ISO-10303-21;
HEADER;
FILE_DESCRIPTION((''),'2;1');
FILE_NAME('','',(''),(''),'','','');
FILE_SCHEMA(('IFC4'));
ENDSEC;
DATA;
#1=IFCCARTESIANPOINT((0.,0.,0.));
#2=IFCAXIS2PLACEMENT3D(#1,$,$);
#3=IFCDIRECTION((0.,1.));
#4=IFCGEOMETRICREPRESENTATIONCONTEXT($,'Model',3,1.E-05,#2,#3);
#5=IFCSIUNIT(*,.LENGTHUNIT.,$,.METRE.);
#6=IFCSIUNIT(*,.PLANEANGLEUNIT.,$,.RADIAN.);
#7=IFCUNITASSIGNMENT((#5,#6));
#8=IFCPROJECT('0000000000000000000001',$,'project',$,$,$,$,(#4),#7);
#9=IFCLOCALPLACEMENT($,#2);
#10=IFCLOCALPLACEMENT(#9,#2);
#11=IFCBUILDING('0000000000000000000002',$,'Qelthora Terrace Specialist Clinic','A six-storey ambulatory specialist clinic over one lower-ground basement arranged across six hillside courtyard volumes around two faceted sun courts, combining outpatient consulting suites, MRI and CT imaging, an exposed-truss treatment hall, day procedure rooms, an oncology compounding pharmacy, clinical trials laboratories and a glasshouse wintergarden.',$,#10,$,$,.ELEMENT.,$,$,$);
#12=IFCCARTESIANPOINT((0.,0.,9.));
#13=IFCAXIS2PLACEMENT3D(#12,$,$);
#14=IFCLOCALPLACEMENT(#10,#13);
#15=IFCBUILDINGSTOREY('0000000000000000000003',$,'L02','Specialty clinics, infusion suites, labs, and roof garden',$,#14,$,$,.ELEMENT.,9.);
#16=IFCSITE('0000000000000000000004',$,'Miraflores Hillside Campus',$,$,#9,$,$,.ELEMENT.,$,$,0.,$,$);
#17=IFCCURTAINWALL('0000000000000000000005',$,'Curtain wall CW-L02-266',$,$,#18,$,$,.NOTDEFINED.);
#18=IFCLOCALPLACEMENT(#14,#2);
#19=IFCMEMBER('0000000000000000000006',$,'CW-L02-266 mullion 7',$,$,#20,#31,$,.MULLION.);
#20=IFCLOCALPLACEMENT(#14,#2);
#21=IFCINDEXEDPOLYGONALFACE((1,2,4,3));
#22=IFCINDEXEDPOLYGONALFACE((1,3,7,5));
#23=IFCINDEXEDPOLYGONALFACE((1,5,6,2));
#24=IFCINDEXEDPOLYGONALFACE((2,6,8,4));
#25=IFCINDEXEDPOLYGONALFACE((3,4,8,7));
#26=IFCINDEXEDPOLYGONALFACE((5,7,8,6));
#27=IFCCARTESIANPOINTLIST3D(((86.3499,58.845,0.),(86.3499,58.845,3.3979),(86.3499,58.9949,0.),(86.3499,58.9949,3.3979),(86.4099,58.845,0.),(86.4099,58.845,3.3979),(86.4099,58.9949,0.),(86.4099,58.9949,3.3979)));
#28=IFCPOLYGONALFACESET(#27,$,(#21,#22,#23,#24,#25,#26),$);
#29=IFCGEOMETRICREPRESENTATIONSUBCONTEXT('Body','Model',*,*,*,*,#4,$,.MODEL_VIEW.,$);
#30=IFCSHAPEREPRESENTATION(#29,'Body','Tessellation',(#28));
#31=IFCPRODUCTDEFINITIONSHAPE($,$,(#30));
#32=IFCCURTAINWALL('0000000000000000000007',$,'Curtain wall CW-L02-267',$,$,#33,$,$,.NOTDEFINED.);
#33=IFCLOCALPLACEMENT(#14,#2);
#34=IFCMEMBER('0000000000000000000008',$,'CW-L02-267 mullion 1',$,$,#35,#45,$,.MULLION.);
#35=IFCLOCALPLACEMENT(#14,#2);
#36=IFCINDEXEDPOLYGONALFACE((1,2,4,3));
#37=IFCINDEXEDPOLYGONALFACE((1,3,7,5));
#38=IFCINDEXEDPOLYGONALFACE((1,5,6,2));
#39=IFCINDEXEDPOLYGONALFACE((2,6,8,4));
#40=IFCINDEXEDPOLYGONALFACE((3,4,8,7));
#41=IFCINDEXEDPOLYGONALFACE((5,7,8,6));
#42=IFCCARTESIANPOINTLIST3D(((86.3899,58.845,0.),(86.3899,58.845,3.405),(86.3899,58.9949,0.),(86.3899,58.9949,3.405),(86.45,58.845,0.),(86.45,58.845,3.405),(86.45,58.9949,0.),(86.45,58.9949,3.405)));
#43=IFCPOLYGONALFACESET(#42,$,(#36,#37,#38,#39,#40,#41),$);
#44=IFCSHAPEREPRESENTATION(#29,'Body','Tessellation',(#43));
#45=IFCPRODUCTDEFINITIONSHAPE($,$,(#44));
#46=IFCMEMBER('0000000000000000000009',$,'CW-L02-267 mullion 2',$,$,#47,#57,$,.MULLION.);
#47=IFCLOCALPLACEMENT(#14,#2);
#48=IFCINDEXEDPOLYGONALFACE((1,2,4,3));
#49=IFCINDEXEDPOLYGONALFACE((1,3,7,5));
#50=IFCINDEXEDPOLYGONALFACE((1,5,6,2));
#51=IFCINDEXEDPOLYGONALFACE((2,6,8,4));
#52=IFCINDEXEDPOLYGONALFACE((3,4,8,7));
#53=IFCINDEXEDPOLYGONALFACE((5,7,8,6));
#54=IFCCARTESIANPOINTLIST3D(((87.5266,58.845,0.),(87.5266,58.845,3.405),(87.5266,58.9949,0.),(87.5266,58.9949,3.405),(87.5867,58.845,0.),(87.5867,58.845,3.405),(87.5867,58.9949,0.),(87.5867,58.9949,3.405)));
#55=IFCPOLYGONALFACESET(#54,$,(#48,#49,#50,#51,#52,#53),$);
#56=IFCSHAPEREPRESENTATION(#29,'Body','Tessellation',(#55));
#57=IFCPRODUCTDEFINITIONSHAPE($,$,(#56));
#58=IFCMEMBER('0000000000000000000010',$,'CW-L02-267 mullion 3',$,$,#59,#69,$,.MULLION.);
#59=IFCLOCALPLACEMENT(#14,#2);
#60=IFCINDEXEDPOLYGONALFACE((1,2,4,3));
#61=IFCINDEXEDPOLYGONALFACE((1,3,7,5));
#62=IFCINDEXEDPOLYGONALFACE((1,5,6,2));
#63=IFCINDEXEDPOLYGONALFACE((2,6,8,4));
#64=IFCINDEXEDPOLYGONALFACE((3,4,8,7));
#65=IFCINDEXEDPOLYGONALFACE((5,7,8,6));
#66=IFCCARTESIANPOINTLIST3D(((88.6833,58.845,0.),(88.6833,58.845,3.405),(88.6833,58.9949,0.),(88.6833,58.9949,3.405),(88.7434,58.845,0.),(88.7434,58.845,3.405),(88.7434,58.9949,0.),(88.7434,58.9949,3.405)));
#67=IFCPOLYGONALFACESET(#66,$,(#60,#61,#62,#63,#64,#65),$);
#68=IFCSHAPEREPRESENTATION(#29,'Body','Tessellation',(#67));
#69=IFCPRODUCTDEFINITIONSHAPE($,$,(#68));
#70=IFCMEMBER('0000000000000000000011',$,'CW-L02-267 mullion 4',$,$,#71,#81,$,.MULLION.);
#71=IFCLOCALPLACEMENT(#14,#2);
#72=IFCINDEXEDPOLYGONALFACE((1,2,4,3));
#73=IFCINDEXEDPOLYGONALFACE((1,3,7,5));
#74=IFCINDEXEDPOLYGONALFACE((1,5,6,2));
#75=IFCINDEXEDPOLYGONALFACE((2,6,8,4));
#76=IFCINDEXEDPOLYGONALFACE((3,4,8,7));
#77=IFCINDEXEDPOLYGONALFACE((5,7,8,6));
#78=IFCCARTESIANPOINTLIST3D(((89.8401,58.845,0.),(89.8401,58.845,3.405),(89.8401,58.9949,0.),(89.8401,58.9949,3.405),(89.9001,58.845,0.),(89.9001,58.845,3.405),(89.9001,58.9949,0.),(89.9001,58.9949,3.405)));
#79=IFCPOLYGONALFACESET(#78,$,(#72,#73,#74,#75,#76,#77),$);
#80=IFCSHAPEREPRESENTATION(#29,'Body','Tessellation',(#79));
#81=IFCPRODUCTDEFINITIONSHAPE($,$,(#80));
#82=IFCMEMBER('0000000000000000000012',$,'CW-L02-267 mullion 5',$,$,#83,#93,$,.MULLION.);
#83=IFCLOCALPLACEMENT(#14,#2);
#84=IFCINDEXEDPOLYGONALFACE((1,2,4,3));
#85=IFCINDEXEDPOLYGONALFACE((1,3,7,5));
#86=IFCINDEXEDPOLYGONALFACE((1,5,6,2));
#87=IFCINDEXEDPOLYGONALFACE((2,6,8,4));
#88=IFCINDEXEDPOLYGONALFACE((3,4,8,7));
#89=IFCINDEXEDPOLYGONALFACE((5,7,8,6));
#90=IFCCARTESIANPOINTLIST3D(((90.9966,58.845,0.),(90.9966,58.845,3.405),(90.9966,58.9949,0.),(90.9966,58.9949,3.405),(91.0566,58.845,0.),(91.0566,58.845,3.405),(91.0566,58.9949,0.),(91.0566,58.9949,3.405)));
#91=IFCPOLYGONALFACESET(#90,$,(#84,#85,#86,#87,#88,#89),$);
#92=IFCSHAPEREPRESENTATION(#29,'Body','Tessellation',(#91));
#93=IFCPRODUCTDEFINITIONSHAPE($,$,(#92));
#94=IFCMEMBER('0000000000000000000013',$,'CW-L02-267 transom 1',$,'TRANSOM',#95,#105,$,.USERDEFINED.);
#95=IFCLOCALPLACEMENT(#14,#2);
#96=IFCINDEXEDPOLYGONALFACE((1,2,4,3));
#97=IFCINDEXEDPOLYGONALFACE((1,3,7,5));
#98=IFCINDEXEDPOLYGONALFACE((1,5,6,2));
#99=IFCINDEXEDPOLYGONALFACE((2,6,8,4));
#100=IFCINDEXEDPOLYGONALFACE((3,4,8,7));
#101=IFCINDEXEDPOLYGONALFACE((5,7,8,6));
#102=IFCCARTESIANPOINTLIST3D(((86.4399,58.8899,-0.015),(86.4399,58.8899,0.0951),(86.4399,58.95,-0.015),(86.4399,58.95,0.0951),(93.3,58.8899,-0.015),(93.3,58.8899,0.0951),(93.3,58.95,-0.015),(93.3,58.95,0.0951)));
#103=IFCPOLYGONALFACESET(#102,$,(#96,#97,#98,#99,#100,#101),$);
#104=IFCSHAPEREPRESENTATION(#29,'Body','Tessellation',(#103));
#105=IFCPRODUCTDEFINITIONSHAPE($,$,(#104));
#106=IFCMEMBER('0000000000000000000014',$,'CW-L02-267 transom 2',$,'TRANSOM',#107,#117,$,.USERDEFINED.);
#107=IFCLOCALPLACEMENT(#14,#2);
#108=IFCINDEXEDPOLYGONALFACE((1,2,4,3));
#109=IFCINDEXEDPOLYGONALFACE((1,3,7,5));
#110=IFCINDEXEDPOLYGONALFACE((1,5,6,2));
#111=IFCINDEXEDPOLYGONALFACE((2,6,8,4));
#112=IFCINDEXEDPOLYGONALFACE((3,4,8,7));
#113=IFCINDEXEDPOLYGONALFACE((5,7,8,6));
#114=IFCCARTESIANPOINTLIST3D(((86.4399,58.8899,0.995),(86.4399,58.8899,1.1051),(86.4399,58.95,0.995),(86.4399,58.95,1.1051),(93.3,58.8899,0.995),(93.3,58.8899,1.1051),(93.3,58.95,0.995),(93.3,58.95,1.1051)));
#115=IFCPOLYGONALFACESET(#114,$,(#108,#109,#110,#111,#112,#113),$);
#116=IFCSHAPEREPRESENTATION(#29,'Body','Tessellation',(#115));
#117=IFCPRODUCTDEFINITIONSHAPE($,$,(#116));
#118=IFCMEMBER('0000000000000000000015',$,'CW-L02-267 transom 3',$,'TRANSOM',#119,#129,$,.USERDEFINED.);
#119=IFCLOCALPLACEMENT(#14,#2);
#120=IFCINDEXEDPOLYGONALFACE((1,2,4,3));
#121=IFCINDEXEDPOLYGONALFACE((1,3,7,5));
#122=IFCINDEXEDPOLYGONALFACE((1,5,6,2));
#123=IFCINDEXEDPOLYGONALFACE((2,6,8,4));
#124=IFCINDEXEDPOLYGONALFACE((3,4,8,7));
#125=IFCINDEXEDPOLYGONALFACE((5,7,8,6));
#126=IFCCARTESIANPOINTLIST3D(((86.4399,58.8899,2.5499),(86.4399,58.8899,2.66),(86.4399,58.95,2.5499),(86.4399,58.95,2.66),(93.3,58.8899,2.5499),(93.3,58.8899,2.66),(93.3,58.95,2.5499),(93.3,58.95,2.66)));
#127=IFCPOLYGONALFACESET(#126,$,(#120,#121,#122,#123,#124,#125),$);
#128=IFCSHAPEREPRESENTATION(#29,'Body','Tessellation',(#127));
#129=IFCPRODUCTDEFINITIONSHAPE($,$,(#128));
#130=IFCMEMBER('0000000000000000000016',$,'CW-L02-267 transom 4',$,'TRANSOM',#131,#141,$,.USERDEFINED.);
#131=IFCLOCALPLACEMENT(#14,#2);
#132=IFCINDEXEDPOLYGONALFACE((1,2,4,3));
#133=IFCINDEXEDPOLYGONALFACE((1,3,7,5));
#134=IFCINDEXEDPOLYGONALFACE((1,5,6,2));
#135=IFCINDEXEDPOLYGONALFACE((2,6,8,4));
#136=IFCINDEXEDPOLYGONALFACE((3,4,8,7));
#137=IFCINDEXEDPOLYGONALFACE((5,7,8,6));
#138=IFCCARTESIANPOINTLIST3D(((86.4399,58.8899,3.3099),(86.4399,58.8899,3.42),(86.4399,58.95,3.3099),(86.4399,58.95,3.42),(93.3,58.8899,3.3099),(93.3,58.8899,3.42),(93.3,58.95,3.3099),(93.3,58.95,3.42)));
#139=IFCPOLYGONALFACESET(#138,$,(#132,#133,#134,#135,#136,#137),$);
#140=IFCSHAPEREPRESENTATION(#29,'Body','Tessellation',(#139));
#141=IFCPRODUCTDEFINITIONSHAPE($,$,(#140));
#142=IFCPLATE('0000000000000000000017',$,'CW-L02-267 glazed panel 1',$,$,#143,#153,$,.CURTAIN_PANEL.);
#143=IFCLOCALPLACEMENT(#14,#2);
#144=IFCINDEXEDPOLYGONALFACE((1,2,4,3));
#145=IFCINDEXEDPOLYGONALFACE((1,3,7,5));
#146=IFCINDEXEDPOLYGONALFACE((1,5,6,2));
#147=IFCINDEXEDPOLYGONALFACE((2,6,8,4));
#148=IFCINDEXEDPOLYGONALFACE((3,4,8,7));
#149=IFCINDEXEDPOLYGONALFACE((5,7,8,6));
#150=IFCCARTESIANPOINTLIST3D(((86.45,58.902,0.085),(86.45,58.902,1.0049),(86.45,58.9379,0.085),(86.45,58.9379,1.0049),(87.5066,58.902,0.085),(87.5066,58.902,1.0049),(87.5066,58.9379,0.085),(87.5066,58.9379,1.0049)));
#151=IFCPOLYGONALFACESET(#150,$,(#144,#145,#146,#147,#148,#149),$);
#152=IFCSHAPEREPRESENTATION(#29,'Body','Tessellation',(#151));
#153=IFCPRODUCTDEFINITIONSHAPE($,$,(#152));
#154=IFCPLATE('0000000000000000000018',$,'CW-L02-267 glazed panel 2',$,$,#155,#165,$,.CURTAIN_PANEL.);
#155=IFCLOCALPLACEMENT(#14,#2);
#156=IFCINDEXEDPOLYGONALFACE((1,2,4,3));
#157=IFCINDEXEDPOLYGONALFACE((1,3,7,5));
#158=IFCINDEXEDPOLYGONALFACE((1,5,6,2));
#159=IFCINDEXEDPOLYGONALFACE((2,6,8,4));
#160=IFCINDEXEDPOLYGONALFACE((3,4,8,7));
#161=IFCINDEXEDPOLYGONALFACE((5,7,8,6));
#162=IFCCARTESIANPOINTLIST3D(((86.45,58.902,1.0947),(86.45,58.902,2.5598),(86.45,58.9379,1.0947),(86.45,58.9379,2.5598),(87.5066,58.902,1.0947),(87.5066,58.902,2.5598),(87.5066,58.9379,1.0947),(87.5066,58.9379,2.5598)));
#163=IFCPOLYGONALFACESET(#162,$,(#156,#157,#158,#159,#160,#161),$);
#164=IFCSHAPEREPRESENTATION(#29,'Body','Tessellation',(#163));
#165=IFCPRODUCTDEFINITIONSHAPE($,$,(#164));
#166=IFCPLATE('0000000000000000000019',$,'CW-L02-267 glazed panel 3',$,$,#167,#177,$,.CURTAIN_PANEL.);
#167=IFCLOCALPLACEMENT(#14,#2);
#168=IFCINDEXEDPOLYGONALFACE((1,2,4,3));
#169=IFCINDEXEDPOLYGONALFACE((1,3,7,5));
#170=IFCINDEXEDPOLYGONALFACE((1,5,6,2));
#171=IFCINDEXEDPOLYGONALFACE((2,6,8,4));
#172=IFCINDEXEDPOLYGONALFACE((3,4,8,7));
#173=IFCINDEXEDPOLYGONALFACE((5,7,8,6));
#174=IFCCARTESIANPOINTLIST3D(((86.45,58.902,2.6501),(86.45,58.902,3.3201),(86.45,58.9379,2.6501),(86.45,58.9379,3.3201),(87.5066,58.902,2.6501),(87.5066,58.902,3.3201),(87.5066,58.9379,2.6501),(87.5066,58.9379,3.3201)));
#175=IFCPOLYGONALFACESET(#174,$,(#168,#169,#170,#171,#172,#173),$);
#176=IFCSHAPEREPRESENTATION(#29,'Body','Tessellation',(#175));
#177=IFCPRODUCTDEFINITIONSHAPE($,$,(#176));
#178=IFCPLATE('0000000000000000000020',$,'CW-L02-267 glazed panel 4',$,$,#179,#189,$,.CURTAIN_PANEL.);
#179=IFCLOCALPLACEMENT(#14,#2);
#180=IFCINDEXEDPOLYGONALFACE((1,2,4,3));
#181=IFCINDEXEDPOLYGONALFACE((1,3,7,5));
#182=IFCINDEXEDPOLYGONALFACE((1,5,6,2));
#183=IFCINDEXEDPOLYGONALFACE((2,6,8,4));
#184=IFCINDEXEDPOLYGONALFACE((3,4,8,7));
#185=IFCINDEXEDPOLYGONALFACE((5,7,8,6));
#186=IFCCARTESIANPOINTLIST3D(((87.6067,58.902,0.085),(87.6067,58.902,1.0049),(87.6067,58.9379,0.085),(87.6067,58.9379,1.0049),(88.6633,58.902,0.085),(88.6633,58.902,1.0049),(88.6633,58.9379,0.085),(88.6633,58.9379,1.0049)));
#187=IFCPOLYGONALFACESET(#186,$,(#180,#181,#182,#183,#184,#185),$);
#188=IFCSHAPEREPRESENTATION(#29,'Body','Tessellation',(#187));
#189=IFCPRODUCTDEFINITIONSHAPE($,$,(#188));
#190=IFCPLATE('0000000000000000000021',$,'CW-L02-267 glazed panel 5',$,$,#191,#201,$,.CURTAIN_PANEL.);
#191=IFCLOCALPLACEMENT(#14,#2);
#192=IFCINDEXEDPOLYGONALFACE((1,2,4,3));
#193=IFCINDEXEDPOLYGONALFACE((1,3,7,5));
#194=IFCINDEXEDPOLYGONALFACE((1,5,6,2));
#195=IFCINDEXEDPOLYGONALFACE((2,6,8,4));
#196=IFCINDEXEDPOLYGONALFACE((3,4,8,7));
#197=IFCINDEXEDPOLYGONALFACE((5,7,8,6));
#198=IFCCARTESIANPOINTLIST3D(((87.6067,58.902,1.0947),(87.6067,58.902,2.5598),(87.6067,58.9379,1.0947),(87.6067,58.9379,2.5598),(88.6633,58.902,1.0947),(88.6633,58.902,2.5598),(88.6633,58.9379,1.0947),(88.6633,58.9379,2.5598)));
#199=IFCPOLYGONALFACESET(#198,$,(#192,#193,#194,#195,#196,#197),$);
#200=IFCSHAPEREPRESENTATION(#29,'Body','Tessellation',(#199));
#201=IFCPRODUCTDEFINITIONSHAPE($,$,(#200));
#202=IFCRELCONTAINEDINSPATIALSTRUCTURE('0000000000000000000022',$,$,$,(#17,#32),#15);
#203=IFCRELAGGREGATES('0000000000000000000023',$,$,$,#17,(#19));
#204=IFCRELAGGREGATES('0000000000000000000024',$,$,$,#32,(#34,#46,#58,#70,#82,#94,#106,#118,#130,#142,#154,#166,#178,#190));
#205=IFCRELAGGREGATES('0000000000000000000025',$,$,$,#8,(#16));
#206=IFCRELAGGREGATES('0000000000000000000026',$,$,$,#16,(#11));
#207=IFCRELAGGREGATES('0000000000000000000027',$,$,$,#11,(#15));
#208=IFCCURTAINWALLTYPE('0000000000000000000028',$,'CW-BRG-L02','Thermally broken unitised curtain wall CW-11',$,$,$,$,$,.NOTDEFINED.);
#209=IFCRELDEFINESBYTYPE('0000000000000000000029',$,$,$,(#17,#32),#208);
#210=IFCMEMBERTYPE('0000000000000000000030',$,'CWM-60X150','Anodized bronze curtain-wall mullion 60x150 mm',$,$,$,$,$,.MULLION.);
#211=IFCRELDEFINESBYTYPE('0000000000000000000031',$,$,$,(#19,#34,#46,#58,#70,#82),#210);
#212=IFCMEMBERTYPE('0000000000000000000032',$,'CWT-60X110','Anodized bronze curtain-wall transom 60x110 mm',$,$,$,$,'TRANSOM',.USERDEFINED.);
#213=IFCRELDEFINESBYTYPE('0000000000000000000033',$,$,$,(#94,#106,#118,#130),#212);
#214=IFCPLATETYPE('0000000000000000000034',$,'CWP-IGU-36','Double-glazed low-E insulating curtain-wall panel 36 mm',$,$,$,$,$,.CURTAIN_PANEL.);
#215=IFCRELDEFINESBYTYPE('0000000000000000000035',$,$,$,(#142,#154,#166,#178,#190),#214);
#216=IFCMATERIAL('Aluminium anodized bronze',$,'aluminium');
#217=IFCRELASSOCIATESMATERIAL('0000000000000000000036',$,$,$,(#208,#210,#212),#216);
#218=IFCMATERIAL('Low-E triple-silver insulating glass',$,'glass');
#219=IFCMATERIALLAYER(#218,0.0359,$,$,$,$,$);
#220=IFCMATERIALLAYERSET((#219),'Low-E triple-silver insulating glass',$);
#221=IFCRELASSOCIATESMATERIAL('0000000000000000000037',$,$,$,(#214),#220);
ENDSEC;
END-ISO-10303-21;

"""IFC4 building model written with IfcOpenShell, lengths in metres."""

from ifc_helpers import new_model, si_unit, direction, frame, origin, origin_2d, place, context, subcontext, project, spatial, rectangle, extrude, material, layer, layer_set, material_profile, profile_set, type_object, element, aggregate, save


model = new_model("IFC4")

# Units and contexts
model_context = context("Model", 3, precision=1e-05, world=origin(), true_north=direction((0.0, 1.0)))
body_context = subcontext(model_context, "Body", "Model", "MODEL_VIEW")
ifc_project = project(units=[si_unit("LENGTHUNIT", "METRE"), si_unit("PLANEANGLEUNIT", "RADIAN")], contexts=[model_context])

# Site, building, storey
site_placement = place(None, origin())
site = spatial("IfcSite", under=ifc_project, at=site_placement, Name="Miraflores Hillside Campus", CompositionType="ELEMENT", RefElevation=0.0)
building_placement = place(site_placement, origin())
building = spatial("IfcBuilding", under=site, at=building_placement, Name="Qelthora Terrace Specialist Clinic", Description="A six-storey ambulatory specialist clinic over one lower-ground basement arranged across six hillside courtyard volumes around two faceted sun courts, combining outpatient consulting suites, MRI and CT imaging, an exposed-truss treatment hall, day procedure rooms, an oncology compounding pharmacy, clinical trials laboratories and a glasshouse wintergarden.", CompositionType="ELEMENT")
storey_placement = place(building_placement, frame((0.0, 0.0, 9.0)))
storey = spatial("IfcBuildingStorey", under=building, at=storey_placement, Name="L02", Description="Specialty clinics, infusion suites, labs, and roof garden", CompositionType="ELEMENT", Elevation=9.0)

# Curtain wall, member
ifc_material_1 = material(Name="Aluminium anodized bronze", Category="aluminium")
curtain_wall_type = type_object("IfcCurtainWallType", Name="CW-BRG-L02", Description="Thermally broken unitised curtain wall CW-11", PredefinedType="NOTDEFINED", material=ifc_material_1)
curtain_wall_1_placement = place(storey_placement, origin())
curtain_wall_1 = element("IfcCurtainWall", 1, at=curtain_wall_1_placement, inside=storey, type_object=curtain_wall_type, Name="Curtain wall CW-L02-266", PredefinedType="NOTDEFINED")
ifc_material_profile_1 = material_profile(ifc_material_1, rectangle(XDim=0.0601, YDim=0.1499, at=origin_2d()), Name="CWM60X150")
ifc_profile_set_1 = profile_set([ifc_material_profile_1], Name="Aluminium anodized bronze")
member_type_1 = type_object("IfcMemberType", Name="CWM-60X150", Description="Anodized bronze curtain-wall mullion 60x150 mm", PredefinedType="MULLION", material=ifc_profile_set_1)
member_1_placement = place(storey_placement, frame((86.3799, 58.9199, 0.0), z_axis=(0.0, 0.0, 1.0), x_axis=(1.0, 0.0, 0.0)))
member_1 = element("IfcMember", 2, at=member_1_placement, type_object=member_type_1, Name="CW-L02-266 mullion 7", PredefinedType="MULLION", context=body_context, shape_type="SweptSolid", body=[
    extrude(rectangle(XDim=0.0601, YDim=0.1499, at=origin_2d()), origin(), (0.0, 0.0, 1.0), 3.3979),
])
aggregate(curtain_wall_1, [member_1])

# Curtain wall, members, plates
curtain_wall_2_placement = place(storey_placement, origin())
curtain_wall_2 = element("IfcCurtainWall", 3, at=curtain_wall_2_placement, inside=storey, type_object=curtain_wall_type, Name="Curtain wall CW-L02-267", PredefinedType="NOTDEFINED")
member_2_placement = place(storey_placement, frame((86.4199, 58.9199, 0.0), z_axis=(0.0, 0.0, 1.0), x_axis=(1.0, 0.0, 0.0)))
member_2 = element("IfcMember", 4, at=member_2_placement, type_object=member_type_1, Name="CW-L02-267 mullion 1", PredefinedType="MULLION", context=body_context, shape_type="SweptSolid", body=[
    extrude(rectangle(XDim=0.0601, YDim=0.1499, at=origin_2d()), origin(), (0.0, 0.0, 1.0), 3.405),
])
member_3_placement = place(storey_placement, frame((87.5566, 58.9199, 0.0), z_axis=(0.0, 0.0, 1.0), x_axis=(1.0, 0.0, 0.0)))
member_3 = element("IfcMember", 5, at=member_3_placement, type_object=member_type_1, Name="CW-L02-267 mullion 2", PredefinedType="MULLION", context=body_context, shape_type="SweptSolid", body=[
    extrude(rectangle(XDim=0.0601, YDim=0.1499, at=origin_2d()), origin(), (0.0, 0.0, 1.0), 3.405),
])
member_4_placement = place(storey_placement, frame((88.7134, 58.9199, 0.0), z_axis=(0.0, 0.0, 1.0), x_axis=(1.0, 0.0, 0.0)))
member_4 = element("IfcMember", 6, at=member_4_placement, type_object=member_type_1, Name="CW-L02-267 mullion 3", PredefinedType="MULLION", context=body_context, shape_type="SweptSolid", body=[
    extrude(rectangle(XDim=0.0601, YDim=0.1499, at=origin_2d()), origin(), (0.0, 0.0, 1.0), 3.405),
])
member_5_placement = place(storey_placement, frame((89.8701, 58.9199, 0.0), z_axis=(0.0, 0.0, 1.0), x_axis=(1.0, 0.0, 0.0)))
member_5 = element("IfcMember", 7, at=member_5_placement, type_object=member_type_1, Name="CW-L02-267 mullion 4", PredefinedType="MULLION", context=body_context, shape_type="SweptSolid", body=[
    extrude(rectangle(XDim=0.0601, YDim=0.1499, at=origin_2d()), origin(), (0.0, 0.0, 1.0), 3.405),
])
member_6_placement = place(storey_placement, frame((91.0266, 58.9199, 0.0), z_axis=(0.0, 0.0, 1.0), x_axis=(1.0, 0.0, 0.0)))
member_6 = element("IfcMember", 8, at=member_6_placement, type_object=member_type_1, Name="CW-L02-267 mullion 5", PredefinedType="MULLION", context=body_context, shape_type="SweptSolid", body=[
    extrude(rectangle(XDim=0.0601, YDim=0.1499, at=origin_2d()), origin(), (0.0, 0.0, 1.0), 3.405),
])
ifc_material_profile_2 = material_profile(ifc_material_1, rectangle(XDim=0.0601, YDim=0.1101, at=origin_2d()), Name="CWT60X110")
ifc_profile_set_2 = profile_set([ifc_material_profile_2], Name="Aluminium anodized bronze")
member_type_2 = type_object("IfcMemberType", Name="CWT-60X110", Description="Anodized bronze curtain-wall transom 60x110 mm", ElementType="TRANSOM", PredefinedType="USERDEFINED", material=ifc_profile_set_2)
member_7_placement = place(storey_placement, frame((86.4399, 58.9199, 0.04), z_axis=(1.0, 0.0, 0.0), x_axis=(0.0, 1.0, 0.0)))
member_7 = element("IfcMember", 9, at=member_7_placement, type_object=member_type_2, Name="CW-L02-267 transom 1", ObjectType="TRANSOM", PredefinedType="USERDEFINED", context=body_context, shape_type="SweptSolid", body=[
    extrude(rectangle(XDim=0.0601, YDim=0.1101, at=origin_2d()), origin(), (0.0, 0.0, 1.0), 6.8601),
])
member_8_placement = place(storey_placement, frame((86.4399, 58.9199, 1.05), z_axis=(1.0, 0.0, 0.0), x_axis=(0.0, 1.0, 0.0)))
member_8 = element("IfcMember", 10, at=member_8_placement, type_object=member_type_2, Name="CW-L02-267 transom 2", ObjectType="TRANSOM", PredefinedType="USERDEFINED", context=body_context, shape_type="SweptSolid", body=[
    extrude(rectangle(XDim=0.0601, YDim=0.1101, at=origin_2d()), origin(), (0.0, 0.0, 1.0), 6.8601),
])
member_9_placement = place(storey_placement, frame((86.4399, 58.9199, 2.605), z_axis=(1.0, 0.0, 0.0), x_axis=(0.0, 1.0, 0.0)))
member_9 = element("IfcMember", 11, at=member_9_placement, type_object=member_type_2, Name="CW-L02-267 transom 3", ObjectType="TRANSOM", PredefinedType="USERDEFINED", context=body_context, shape_type="SweptSolid", body=[
    extrude(rectangle(XDim=0.0601, YDim=0.1101, at=origin_2d()), origin(), (0.0, 0.0, 1.0), 6.8601),
])
member_10_placement = place(storey_placement, frame((86.4399, 58.9199, 3.365), z_axis=(1.0, 0.0, 0.0), x_axis=(0.0, 1.0, 0.0)))
member_10 = element("IfcMember", 12, at=member_10_placement, type_object=member_type_2, Name="CW-L02-267 transom 4", ObjectType="TRANSOM", PredefinedType="USERDEFINED", context=body_context, shape_type="SweptSolid", body=[
    extrude(rectangle(XDim=0.0601, YDim=0.1101, at=origin_2d()), origin(), (0.0, 0.0, 1.0), 6.8601),
])
ifc_material_2 = material(Name="Low-E triple-silver insulating glass", Category="glass")
ifc_layer = layer(ifc_material_2, 0.0359)
ifc_layer_set = layer_set([ifc_layer], Name="Low-E triple-silver insulating glass")
plate_type = type_object("IfcPlateType", Name="CWP-IGU-36", Description="Double-glazed low-E insulating curtain-wall panel 36 mm", PredefinedType="CURTAIN_PANEL", material=ifc_layer_set)
plate_1_placement = place(storey_placement, frame((86.9783, 58.9199, 0.085), z_axis=(0.0, 0.0, 1.0), x_axis=(1.0, 0.0, 0.0)))
plate_1 = element("IfcPlate", 13, at=plate_1_placement, type_object=plate_type, Name="CW-L02-267 glazed panel 1", PredefinedType="CURTAIN_PANEL", context=body_context, shape_type="SweptSolid", body=[
    extrude(rectangle(XDim=1.0566, YDim=0.0359, at=origin_2d()), origin(), (0.0, 0.0, 1.0), 0.9199),
])
plate_2_placement = place(storey_placement, frame((86.9783, 58.9199, 1.0947), z_axis=(0.0, 0.0, 1.0), x_axis=(1.0, 0.0, 0.0)))
plate_2 = element("IfcPlate", 14, at=plate_2_placement, type_object=plate_type, Name="CW-L02-267 glazed panel 2", PredefinedType="CURTAIN_PANEL", context=body_context, shape_type="SweptSolid", body=[
    extrude(rectangle(XDim=1.0566, YDim=0.0359, at=origin_2d()), origin(), (0.0, 0.0, 1.0), 1.4651),
])
plate_3_placement = place(storey_placement, frame((86.9783, 58.9199, 2.6501), z_axis=(0.0, 0.0, 1.0), x_axis=(1.0, 0.0, 0.0)))
plate_3 = element("IfcPlate", 15, at=plate_3_placement, type_object=plate_type, Name="CW-L02-267 glazed panel 3", PredefinedType="CURTAIN_PANEL", context=body_context, shape_type="SweptSolid", body=[
    extrude(rectangle(XDim=1.0566, YDim=0.0359, at=origin_2d()), origin(), (0.0, 0.0, 1.0), 0.6699),
])
plate_4_placement = place(storey_placement, frame((88.135, 58.9199, 0.085), z_axis=(0.0, 0.0, 1.0), x_axis=(1.0, 0.0, 0.0)))
plate_4 = element("IfcPlate", 16, at=plate_4_placement, type_object=plate_type, Name="CW-L02-267 glazed panel 4", PredefinedType="CURTAIN_PANEL", context=body_context, shape_type="SweptSolid", body=[
    extrude(rectangle(XDim=1.0566, YDim=0.0359, at=origin_2d()), origin(), (0.0, 0.0, 1.0), 0.9199),
])
plate_5_placement = place(storey_placement, frame((88.135, 58.9199, 1.0947), z_axis=(0.0, 0.0, 1.0), x_axis=(1.0, 0.0, 0.0)))
plate_5 = element("IfcPlate", 17, at=plate_5_placement, type_object=plate_type, Name="CW-L02-267 glazed panel 5", PredefinedType="CURTAIN_PANEL", context=body_context, shape_type="SweptSolid", body=[
    extrude(rectangle(XDim=1.0566, YDim=0.0359, at=origin_2d()), origin(), (0.0, 0.0, 1.0), 1.4651),
])
aggregate(curtain_wall_2, [member_2, member_3, member_4, member_5, member_6, member_7, member_8, member_9, member_10, plate_1, plate_2, plate_3, plate_4, plate_5])

save(model, "model.ifc")
